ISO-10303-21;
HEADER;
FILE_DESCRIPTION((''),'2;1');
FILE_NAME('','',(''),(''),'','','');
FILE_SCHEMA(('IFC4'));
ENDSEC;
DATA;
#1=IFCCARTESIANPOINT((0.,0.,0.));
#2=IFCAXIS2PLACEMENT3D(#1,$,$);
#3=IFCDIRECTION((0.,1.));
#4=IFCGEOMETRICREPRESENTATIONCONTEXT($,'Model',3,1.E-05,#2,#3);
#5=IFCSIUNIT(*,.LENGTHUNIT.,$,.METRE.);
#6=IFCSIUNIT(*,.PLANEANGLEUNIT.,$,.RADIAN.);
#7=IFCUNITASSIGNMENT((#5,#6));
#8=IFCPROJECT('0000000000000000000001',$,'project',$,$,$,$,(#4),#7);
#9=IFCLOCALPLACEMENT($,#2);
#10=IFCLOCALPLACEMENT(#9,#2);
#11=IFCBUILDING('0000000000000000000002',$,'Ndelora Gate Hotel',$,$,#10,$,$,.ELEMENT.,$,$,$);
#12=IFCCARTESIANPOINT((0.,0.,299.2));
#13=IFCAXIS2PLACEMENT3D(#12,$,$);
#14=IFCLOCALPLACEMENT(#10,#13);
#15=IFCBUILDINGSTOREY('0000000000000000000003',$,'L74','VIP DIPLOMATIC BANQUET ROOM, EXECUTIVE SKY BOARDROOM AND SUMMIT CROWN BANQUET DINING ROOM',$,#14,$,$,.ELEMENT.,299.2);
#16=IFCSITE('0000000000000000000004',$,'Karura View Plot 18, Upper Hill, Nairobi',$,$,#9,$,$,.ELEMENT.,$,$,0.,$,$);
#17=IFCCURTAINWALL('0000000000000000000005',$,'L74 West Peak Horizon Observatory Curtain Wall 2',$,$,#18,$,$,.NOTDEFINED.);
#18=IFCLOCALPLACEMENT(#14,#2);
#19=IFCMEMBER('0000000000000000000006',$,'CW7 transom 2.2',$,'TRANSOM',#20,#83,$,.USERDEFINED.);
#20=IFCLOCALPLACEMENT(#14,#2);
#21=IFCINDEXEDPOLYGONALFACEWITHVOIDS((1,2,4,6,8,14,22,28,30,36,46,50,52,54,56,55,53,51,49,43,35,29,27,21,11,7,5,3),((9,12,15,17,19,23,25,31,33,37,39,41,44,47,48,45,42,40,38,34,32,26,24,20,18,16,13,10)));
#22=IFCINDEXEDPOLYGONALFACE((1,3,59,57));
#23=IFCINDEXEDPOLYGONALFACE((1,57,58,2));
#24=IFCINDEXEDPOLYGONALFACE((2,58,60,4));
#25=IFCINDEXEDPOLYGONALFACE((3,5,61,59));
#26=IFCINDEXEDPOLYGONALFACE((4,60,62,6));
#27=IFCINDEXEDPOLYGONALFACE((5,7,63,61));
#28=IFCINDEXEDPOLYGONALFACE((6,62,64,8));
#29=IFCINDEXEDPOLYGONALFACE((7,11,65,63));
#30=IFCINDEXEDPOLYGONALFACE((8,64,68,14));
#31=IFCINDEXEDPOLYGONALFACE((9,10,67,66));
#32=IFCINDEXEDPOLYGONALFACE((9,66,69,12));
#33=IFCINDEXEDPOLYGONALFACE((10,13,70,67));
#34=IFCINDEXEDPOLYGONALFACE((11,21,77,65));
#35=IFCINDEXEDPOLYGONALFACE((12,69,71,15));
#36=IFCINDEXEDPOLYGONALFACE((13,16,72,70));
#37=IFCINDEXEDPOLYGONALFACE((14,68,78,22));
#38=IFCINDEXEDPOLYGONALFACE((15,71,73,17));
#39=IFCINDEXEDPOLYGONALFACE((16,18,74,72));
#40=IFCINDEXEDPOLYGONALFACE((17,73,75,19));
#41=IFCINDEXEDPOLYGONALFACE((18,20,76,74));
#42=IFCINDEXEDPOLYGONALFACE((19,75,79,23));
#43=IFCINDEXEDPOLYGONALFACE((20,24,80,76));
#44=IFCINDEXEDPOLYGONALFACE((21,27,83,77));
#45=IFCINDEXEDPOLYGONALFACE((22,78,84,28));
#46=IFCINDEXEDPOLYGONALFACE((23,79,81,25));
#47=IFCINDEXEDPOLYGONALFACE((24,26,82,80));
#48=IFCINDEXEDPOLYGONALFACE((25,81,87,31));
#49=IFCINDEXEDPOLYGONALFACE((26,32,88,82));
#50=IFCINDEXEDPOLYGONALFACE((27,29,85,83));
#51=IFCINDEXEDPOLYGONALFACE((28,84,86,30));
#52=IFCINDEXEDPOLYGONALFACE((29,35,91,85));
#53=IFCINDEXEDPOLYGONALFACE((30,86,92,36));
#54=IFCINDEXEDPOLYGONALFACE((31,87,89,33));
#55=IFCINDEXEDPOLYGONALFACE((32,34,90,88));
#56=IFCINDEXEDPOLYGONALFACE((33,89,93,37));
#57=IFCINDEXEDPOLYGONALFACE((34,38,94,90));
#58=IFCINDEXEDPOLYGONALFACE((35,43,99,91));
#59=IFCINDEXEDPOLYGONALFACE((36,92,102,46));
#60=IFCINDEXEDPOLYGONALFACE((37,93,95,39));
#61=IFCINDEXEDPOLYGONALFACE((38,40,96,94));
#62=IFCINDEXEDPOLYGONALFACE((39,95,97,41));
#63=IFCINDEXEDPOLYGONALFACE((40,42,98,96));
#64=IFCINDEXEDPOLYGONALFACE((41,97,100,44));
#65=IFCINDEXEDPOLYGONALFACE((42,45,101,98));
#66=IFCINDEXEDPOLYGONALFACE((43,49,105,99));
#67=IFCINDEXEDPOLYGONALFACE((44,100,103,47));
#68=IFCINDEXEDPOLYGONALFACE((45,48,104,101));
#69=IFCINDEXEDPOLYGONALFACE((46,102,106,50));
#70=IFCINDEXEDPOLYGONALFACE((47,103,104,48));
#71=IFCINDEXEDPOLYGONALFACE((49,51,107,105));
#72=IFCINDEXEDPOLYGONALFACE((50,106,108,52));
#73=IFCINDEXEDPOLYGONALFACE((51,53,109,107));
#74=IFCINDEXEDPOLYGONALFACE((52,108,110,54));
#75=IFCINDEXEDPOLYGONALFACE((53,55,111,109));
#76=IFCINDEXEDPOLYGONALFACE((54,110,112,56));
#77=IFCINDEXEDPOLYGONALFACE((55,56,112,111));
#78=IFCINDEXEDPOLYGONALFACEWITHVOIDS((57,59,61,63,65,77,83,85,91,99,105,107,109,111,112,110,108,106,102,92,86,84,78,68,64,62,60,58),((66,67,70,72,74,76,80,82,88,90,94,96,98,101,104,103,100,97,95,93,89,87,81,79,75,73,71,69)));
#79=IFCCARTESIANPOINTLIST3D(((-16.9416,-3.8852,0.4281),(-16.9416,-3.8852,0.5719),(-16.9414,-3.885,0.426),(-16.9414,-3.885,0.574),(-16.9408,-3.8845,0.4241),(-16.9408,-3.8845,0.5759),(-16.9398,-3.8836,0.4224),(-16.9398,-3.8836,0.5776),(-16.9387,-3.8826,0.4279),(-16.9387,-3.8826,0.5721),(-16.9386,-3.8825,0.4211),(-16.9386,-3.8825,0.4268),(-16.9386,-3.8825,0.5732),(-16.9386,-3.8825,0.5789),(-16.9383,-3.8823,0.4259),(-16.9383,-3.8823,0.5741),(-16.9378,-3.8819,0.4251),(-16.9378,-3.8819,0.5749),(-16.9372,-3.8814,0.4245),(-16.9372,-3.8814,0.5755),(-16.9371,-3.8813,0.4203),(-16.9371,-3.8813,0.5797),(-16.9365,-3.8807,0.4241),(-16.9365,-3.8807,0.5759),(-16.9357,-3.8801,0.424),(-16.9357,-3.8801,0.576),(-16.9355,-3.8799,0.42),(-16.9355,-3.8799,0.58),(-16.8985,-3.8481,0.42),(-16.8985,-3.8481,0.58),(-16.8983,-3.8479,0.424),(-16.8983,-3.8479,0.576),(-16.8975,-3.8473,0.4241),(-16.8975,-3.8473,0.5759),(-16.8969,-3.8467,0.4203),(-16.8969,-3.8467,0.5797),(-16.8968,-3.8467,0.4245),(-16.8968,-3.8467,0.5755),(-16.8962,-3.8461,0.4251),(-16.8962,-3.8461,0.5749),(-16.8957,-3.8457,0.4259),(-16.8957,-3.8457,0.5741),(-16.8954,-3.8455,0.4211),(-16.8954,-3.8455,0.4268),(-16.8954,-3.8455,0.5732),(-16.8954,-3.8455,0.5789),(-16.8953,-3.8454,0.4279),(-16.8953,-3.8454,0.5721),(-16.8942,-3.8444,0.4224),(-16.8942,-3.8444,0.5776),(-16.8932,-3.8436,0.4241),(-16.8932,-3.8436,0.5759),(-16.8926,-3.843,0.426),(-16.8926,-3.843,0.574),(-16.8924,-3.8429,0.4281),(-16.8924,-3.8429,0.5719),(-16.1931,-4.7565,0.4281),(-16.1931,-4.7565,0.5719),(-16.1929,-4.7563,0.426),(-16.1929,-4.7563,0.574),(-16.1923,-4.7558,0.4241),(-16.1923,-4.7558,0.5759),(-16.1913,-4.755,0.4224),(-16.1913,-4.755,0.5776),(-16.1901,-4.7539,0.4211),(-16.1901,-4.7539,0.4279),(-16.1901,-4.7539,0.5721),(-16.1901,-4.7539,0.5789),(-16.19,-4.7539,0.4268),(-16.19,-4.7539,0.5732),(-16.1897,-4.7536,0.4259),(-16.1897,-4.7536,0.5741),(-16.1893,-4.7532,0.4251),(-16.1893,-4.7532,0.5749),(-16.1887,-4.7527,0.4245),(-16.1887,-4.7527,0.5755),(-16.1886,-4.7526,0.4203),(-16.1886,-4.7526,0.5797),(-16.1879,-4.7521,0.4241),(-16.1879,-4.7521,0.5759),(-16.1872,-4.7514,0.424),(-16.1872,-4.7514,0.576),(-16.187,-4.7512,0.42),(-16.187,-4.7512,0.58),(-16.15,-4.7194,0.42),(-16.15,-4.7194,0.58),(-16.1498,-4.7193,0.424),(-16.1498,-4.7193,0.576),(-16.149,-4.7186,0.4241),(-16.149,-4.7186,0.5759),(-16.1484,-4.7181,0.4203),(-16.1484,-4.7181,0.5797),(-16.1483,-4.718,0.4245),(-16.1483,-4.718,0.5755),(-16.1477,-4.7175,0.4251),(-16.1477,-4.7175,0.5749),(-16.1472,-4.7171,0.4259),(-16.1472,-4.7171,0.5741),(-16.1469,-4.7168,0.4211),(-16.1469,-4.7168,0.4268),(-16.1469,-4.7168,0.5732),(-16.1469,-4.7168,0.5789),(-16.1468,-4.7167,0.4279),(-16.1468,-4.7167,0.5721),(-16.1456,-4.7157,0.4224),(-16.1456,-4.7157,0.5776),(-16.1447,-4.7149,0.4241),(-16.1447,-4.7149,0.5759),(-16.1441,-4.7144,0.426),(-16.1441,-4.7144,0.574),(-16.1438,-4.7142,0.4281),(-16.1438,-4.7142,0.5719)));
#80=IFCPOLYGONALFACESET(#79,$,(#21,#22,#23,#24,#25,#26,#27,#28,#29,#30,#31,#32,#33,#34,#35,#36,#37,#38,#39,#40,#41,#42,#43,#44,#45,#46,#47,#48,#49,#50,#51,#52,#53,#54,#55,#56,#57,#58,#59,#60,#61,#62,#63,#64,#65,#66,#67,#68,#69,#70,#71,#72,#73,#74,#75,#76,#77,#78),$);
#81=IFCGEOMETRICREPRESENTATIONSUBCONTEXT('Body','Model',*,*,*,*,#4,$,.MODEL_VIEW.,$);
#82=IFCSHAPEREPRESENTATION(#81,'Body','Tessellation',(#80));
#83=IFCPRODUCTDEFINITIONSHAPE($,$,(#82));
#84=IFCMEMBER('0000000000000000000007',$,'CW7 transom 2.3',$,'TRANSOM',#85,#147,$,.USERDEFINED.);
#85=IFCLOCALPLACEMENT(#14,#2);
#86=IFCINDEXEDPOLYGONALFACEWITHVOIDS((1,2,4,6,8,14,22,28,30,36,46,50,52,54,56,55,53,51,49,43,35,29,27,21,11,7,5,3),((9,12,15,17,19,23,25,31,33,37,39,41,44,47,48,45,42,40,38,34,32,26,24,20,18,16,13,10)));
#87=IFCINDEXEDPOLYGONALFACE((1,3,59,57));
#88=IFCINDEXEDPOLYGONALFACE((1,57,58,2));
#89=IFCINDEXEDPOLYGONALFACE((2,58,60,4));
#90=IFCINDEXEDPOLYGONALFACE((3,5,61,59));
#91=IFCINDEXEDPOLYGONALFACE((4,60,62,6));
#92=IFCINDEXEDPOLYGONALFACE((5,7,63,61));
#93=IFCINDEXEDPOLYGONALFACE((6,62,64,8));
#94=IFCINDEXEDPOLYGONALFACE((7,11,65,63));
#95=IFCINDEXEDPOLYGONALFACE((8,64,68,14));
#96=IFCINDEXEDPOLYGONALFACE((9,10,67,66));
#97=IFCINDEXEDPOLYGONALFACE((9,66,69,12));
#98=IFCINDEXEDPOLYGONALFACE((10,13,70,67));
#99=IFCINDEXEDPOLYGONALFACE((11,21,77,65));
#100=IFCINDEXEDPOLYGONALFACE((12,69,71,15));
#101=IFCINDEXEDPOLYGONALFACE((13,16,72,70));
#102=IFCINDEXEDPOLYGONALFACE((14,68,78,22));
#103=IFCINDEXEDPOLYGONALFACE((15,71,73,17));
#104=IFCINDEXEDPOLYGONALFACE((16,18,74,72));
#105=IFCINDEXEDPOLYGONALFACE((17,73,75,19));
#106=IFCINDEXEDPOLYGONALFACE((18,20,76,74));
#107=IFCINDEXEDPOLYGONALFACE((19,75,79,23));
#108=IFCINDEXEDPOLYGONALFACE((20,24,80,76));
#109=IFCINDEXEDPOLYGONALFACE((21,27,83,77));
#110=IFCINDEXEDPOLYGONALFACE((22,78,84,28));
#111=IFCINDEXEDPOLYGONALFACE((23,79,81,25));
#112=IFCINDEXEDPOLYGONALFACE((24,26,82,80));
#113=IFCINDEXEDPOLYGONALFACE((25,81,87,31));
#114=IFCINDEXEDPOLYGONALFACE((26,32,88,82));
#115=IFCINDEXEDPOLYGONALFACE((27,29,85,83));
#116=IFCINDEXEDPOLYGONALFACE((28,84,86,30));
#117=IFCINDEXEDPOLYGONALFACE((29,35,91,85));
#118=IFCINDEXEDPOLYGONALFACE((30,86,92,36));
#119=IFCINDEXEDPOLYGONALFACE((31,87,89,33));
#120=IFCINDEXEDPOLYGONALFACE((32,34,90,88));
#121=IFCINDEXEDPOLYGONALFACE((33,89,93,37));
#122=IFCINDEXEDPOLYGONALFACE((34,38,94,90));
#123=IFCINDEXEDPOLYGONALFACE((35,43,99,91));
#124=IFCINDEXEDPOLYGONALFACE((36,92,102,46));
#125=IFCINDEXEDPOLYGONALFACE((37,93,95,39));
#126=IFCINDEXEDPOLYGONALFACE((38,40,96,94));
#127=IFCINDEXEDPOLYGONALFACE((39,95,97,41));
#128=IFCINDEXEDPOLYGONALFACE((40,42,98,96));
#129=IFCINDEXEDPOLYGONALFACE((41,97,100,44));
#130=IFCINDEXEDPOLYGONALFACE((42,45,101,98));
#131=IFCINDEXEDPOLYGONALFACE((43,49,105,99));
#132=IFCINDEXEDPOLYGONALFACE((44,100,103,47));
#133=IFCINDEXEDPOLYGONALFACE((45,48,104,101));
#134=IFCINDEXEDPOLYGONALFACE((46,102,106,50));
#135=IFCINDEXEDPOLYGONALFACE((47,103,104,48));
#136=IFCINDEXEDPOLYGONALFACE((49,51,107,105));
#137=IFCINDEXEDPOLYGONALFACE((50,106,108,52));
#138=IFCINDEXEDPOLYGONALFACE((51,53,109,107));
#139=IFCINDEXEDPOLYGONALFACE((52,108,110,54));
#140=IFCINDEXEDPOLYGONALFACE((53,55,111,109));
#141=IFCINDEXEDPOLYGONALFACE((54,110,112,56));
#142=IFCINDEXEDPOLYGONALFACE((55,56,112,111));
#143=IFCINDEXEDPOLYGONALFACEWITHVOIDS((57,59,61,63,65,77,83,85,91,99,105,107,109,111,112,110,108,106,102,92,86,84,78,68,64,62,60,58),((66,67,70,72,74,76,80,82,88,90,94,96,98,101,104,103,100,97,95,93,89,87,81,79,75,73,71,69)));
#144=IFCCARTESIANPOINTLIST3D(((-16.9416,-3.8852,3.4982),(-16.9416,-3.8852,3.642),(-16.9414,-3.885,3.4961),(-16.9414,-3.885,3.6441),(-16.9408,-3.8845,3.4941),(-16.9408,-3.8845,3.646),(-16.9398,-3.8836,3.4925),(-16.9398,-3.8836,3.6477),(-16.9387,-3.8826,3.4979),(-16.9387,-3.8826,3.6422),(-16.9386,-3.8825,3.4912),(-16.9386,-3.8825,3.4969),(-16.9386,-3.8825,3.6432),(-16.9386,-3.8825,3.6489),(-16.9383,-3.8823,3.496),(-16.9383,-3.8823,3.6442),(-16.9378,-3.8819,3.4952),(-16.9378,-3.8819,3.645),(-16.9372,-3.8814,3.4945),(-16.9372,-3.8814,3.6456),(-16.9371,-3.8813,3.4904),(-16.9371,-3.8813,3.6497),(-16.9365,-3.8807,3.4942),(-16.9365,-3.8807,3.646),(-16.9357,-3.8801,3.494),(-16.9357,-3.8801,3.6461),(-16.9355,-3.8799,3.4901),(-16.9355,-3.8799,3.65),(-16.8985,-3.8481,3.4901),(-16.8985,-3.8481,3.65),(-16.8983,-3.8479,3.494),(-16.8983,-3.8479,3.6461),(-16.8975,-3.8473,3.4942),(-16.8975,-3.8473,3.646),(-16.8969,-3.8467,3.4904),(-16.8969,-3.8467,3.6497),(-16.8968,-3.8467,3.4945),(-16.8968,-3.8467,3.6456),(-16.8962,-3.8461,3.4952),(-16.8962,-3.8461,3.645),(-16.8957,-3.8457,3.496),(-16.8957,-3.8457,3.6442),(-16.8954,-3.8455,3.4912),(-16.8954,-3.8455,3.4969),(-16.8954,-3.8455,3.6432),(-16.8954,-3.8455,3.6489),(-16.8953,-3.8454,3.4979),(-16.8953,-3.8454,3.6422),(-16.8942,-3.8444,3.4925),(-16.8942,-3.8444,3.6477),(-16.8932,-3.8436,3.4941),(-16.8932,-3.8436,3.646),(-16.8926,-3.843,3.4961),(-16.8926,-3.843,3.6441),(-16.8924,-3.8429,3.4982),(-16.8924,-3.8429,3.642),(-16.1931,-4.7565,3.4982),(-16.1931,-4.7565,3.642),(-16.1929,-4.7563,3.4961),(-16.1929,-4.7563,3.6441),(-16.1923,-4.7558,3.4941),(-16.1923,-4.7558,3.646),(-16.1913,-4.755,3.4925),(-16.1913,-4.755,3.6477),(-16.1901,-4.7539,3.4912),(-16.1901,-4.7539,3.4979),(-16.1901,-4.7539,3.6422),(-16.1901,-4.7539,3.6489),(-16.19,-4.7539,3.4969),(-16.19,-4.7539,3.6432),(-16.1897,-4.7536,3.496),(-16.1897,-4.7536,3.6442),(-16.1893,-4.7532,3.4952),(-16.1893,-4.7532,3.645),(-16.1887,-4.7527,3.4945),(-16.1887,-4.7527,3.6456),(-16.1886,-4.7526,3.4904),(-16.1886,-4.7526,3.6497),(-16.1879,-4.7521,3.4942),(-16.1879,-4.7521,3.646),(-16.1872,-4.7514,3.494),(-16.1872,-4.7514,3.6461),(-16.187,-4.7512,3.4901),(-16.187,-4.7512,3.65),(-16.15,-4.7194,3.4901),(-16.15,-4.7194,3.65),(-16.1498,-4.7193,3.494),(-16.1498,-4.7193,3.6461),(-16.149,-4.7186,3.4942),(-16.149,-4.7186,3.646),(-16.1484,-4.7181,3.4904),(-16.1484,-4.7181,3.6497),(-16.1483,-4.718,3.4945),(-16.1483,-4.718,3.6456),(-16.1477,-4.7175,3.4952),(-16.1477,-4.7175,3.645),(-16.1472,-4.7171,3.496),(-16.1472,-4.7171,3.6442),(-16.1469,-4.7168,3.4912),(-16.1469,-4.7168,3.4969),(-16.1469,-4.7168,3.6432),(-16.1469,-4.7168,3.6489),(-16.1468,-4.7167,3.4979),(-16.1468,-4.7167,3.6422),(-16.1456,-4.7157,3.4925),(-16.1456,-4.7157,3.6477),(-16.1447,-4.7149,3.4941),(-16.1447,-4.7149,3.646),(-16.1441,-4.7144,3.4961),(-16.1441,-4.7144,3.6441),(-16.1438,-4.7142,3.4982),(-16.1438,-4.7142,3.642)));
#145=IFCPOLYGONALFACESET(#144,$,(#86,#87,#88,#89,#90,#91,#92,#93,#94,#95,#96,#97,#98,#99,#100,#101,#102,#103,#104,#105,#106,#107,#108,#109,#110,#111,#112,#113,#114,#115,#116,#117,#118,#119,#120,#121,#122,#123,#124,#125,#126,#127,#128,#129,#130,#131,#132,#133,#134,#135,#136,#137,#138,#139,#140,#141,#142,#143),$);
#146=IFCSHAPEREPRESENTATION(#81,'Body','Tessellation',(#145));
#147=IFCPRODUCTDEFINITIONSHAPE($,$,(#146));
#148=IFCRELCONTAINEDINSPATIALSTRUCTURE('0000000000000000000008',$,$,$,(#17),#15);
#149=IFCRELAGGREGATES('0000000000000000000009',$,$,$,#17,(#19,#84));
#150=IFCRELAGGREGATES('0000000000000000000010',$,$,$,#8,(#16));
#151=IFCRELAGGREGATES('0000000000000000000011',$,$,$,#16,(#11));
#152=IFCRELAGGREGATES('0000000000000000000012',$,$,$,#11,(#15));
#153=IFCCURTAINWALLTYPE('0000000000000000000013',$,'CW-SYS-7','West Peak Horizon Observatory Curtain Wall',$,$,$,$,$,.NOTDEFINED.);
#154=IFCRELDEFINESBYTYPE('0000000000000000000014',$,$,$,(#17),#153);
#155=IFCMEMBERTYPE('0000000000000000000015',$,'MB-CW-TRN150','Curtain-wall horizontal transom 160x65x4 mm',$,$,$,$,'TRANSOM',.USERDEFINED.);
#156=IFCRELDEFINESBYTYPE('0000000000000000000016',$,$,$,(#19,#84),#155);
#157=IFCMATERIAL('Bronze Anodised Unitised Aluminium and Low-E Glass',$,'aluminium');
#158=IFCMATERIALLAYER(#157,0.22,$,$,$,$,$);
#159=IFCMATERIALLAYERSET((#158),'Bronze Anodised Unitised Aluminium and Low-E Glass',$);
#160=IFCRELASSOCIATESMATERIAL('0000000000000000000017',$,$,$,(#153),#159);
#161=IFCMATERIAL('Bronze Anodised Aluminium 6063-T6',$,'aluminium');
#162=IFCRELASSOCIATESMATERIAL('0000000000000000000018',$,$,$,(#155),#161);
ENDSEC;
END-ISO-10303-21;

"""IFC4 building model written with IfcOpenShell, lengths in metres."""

from ifc_helpers import new_model, si_unit, direction, frame, origin, origin_2d, place, context, subcontext, project, spatial, hollow_rectangle, extrude, material, layer, layer_set, material_profile, profile_set, type_object, element, aggregate, save


model = new_model("IFC4")

# Units and contexts
model_context = context("Model", 3, precision=1e-05, world=origin(), true_north=direction((0.0, 1.0)))
body_context = subcontext(model_context, "Body", "Model", "MODEL_VIEW")
ifc_project = project(units=[si_unit("LENGTHUNIT", "METRE"), si_unit("PLANEANGLEUNIT", "RADIAN")], contexts=[model_context])

# Site, building, storey
site_placement = place(None, origin())
site = spatial("IfcSite", under=ifc_project, at=site_placement, Name="Karura View Plot 18, Upper Hill, Nairobi", CompositionType="ELEMENT", RefElevation=0.0)
building_placement = place(site_placement, origin())
building = spatial("IfcBuilding", under=site, at=building_placement, Name="Ndelora Gate Hotel", CompositionType="ELEMENT")
storey_placement = place(building_placement, frame((0.0, 0.0, 299.2)))
storey = spatial("IfcBuildingStorey", under=building, at=storey_placement, Name="L74", Description="VIP DIPLOMATIC BANQUET ROOM, EXECUTIVE SKY BOARDROOM AND SUMMIT CROWN BANQUET DINING ROOM", CompositionType="ELEMENT", Elevation=299.2)

# Curtain wall, members
ifc_material_1 = material(Name="Bronze Anodised Unitised Aluminium and Low-E Glass", Category="aluminium")
ifc_layer_1 = layer(ifc_material_1, 0.22)
ifc_layer_set_1 = layer_set([ifc_layer_1], Name="Bronze Anodised Unitised Aluminium and Low-E Glass")
curtain_wall_type = type_object("IfcCurtainWallType", Name="CW-SYS-7", Description="West Peak Horizon Observatory Curtain Wall", PredefinedType="NOTDEFINED", material=ifc_layer_set_1)
curtain_wall_placement = place(storey_placement, origin())
curtain_wall = element("IfcCurtainWall", 1, at=curtain_wall_placement, inside=storey, type_object=curtain_wall_type, Name="L74 West Peak Horizon Observatory Curtain Wall 2", PredefinedType="NOTDEFINED")
ifc_material_2 = material(Name="Bronze Anodised Aluminium 6063-T6", Category="aluminium")
ifc_material_profile_1 = material_profile(ifc_material_2, hollow_rectangle(XDim=0.0649, YDim=0.1599, WallThickness=0.0039, InnerFilletRadius=0.0039, OuterFilletRadius=0.0081, at=origin_2d()), Name="ALU 160x65x4")
ifc_profile_set_1 = profile_set([ifc_material_profile_1], Name="Bronze Anodised Aluminium 6063-T6")
member_type_1 = type_object("IfcMemberType", Name="MB-CW-TRN150", Description="Curtain-wall horizontal transom 160x65x4 mm", ElementType="TRANSOM", PredefinedType="USERDEFINED", material=ifc_profile_set_1)
member_1_placement = place(storey_placement, frame((-16.917, -3.864, 0.5), z_axis=(0.651631, -0.758536, 0.0), x_axis=(0.758536, 0.651631, 0.0)))
member_1 = element("IfcMember", 2, at=member_1_placement, type_object=member_type_1, Name="CW7 transom 2.2", ObjectType="TRANSOM", PredefinedType="USERDEFINED", context=body_context, shape_type="SweptSolid", body=[
    extrude(hollow_rectangle(XDim=0.0649, YDim=0.1599, WallThickness=0.0039, InnerFilletRadius=0.0039, OuterFilletRadius=0.0081, at=origin_2d()), origin(), (0.0, 0.0, 1.0), 1.1487),
])
member_2_placement = place(storey_placement, frame((-16.917, -3.864, 3.5701), z_axis=(0.651631, -0.758536, 0.0), x_axis=(0.758536, 0.651631, 0.0)))
member_2 = element("IfcMember", 3, at=member_2_placement, type_object=member_type_1, Name="CW7 transom 2.3", ObjectType="TRANSOM", PredefinedType="USERDEFINED", context=body_context, shape_type="SweptSolid", body=[
    extrude(hollow_rectangle(XDim=0.0649, YDim=0.1599, WallThickness=0.0039, InnerFilletRadius=0.0039, OuterFilletRadius=0.0081, at=origin_2d()), origin(), (0.0, 0.0, 1.0), 1.1487),
])
aggregate(curtain_wall, [member_1, member_2])

save(model, "model.ifc")
